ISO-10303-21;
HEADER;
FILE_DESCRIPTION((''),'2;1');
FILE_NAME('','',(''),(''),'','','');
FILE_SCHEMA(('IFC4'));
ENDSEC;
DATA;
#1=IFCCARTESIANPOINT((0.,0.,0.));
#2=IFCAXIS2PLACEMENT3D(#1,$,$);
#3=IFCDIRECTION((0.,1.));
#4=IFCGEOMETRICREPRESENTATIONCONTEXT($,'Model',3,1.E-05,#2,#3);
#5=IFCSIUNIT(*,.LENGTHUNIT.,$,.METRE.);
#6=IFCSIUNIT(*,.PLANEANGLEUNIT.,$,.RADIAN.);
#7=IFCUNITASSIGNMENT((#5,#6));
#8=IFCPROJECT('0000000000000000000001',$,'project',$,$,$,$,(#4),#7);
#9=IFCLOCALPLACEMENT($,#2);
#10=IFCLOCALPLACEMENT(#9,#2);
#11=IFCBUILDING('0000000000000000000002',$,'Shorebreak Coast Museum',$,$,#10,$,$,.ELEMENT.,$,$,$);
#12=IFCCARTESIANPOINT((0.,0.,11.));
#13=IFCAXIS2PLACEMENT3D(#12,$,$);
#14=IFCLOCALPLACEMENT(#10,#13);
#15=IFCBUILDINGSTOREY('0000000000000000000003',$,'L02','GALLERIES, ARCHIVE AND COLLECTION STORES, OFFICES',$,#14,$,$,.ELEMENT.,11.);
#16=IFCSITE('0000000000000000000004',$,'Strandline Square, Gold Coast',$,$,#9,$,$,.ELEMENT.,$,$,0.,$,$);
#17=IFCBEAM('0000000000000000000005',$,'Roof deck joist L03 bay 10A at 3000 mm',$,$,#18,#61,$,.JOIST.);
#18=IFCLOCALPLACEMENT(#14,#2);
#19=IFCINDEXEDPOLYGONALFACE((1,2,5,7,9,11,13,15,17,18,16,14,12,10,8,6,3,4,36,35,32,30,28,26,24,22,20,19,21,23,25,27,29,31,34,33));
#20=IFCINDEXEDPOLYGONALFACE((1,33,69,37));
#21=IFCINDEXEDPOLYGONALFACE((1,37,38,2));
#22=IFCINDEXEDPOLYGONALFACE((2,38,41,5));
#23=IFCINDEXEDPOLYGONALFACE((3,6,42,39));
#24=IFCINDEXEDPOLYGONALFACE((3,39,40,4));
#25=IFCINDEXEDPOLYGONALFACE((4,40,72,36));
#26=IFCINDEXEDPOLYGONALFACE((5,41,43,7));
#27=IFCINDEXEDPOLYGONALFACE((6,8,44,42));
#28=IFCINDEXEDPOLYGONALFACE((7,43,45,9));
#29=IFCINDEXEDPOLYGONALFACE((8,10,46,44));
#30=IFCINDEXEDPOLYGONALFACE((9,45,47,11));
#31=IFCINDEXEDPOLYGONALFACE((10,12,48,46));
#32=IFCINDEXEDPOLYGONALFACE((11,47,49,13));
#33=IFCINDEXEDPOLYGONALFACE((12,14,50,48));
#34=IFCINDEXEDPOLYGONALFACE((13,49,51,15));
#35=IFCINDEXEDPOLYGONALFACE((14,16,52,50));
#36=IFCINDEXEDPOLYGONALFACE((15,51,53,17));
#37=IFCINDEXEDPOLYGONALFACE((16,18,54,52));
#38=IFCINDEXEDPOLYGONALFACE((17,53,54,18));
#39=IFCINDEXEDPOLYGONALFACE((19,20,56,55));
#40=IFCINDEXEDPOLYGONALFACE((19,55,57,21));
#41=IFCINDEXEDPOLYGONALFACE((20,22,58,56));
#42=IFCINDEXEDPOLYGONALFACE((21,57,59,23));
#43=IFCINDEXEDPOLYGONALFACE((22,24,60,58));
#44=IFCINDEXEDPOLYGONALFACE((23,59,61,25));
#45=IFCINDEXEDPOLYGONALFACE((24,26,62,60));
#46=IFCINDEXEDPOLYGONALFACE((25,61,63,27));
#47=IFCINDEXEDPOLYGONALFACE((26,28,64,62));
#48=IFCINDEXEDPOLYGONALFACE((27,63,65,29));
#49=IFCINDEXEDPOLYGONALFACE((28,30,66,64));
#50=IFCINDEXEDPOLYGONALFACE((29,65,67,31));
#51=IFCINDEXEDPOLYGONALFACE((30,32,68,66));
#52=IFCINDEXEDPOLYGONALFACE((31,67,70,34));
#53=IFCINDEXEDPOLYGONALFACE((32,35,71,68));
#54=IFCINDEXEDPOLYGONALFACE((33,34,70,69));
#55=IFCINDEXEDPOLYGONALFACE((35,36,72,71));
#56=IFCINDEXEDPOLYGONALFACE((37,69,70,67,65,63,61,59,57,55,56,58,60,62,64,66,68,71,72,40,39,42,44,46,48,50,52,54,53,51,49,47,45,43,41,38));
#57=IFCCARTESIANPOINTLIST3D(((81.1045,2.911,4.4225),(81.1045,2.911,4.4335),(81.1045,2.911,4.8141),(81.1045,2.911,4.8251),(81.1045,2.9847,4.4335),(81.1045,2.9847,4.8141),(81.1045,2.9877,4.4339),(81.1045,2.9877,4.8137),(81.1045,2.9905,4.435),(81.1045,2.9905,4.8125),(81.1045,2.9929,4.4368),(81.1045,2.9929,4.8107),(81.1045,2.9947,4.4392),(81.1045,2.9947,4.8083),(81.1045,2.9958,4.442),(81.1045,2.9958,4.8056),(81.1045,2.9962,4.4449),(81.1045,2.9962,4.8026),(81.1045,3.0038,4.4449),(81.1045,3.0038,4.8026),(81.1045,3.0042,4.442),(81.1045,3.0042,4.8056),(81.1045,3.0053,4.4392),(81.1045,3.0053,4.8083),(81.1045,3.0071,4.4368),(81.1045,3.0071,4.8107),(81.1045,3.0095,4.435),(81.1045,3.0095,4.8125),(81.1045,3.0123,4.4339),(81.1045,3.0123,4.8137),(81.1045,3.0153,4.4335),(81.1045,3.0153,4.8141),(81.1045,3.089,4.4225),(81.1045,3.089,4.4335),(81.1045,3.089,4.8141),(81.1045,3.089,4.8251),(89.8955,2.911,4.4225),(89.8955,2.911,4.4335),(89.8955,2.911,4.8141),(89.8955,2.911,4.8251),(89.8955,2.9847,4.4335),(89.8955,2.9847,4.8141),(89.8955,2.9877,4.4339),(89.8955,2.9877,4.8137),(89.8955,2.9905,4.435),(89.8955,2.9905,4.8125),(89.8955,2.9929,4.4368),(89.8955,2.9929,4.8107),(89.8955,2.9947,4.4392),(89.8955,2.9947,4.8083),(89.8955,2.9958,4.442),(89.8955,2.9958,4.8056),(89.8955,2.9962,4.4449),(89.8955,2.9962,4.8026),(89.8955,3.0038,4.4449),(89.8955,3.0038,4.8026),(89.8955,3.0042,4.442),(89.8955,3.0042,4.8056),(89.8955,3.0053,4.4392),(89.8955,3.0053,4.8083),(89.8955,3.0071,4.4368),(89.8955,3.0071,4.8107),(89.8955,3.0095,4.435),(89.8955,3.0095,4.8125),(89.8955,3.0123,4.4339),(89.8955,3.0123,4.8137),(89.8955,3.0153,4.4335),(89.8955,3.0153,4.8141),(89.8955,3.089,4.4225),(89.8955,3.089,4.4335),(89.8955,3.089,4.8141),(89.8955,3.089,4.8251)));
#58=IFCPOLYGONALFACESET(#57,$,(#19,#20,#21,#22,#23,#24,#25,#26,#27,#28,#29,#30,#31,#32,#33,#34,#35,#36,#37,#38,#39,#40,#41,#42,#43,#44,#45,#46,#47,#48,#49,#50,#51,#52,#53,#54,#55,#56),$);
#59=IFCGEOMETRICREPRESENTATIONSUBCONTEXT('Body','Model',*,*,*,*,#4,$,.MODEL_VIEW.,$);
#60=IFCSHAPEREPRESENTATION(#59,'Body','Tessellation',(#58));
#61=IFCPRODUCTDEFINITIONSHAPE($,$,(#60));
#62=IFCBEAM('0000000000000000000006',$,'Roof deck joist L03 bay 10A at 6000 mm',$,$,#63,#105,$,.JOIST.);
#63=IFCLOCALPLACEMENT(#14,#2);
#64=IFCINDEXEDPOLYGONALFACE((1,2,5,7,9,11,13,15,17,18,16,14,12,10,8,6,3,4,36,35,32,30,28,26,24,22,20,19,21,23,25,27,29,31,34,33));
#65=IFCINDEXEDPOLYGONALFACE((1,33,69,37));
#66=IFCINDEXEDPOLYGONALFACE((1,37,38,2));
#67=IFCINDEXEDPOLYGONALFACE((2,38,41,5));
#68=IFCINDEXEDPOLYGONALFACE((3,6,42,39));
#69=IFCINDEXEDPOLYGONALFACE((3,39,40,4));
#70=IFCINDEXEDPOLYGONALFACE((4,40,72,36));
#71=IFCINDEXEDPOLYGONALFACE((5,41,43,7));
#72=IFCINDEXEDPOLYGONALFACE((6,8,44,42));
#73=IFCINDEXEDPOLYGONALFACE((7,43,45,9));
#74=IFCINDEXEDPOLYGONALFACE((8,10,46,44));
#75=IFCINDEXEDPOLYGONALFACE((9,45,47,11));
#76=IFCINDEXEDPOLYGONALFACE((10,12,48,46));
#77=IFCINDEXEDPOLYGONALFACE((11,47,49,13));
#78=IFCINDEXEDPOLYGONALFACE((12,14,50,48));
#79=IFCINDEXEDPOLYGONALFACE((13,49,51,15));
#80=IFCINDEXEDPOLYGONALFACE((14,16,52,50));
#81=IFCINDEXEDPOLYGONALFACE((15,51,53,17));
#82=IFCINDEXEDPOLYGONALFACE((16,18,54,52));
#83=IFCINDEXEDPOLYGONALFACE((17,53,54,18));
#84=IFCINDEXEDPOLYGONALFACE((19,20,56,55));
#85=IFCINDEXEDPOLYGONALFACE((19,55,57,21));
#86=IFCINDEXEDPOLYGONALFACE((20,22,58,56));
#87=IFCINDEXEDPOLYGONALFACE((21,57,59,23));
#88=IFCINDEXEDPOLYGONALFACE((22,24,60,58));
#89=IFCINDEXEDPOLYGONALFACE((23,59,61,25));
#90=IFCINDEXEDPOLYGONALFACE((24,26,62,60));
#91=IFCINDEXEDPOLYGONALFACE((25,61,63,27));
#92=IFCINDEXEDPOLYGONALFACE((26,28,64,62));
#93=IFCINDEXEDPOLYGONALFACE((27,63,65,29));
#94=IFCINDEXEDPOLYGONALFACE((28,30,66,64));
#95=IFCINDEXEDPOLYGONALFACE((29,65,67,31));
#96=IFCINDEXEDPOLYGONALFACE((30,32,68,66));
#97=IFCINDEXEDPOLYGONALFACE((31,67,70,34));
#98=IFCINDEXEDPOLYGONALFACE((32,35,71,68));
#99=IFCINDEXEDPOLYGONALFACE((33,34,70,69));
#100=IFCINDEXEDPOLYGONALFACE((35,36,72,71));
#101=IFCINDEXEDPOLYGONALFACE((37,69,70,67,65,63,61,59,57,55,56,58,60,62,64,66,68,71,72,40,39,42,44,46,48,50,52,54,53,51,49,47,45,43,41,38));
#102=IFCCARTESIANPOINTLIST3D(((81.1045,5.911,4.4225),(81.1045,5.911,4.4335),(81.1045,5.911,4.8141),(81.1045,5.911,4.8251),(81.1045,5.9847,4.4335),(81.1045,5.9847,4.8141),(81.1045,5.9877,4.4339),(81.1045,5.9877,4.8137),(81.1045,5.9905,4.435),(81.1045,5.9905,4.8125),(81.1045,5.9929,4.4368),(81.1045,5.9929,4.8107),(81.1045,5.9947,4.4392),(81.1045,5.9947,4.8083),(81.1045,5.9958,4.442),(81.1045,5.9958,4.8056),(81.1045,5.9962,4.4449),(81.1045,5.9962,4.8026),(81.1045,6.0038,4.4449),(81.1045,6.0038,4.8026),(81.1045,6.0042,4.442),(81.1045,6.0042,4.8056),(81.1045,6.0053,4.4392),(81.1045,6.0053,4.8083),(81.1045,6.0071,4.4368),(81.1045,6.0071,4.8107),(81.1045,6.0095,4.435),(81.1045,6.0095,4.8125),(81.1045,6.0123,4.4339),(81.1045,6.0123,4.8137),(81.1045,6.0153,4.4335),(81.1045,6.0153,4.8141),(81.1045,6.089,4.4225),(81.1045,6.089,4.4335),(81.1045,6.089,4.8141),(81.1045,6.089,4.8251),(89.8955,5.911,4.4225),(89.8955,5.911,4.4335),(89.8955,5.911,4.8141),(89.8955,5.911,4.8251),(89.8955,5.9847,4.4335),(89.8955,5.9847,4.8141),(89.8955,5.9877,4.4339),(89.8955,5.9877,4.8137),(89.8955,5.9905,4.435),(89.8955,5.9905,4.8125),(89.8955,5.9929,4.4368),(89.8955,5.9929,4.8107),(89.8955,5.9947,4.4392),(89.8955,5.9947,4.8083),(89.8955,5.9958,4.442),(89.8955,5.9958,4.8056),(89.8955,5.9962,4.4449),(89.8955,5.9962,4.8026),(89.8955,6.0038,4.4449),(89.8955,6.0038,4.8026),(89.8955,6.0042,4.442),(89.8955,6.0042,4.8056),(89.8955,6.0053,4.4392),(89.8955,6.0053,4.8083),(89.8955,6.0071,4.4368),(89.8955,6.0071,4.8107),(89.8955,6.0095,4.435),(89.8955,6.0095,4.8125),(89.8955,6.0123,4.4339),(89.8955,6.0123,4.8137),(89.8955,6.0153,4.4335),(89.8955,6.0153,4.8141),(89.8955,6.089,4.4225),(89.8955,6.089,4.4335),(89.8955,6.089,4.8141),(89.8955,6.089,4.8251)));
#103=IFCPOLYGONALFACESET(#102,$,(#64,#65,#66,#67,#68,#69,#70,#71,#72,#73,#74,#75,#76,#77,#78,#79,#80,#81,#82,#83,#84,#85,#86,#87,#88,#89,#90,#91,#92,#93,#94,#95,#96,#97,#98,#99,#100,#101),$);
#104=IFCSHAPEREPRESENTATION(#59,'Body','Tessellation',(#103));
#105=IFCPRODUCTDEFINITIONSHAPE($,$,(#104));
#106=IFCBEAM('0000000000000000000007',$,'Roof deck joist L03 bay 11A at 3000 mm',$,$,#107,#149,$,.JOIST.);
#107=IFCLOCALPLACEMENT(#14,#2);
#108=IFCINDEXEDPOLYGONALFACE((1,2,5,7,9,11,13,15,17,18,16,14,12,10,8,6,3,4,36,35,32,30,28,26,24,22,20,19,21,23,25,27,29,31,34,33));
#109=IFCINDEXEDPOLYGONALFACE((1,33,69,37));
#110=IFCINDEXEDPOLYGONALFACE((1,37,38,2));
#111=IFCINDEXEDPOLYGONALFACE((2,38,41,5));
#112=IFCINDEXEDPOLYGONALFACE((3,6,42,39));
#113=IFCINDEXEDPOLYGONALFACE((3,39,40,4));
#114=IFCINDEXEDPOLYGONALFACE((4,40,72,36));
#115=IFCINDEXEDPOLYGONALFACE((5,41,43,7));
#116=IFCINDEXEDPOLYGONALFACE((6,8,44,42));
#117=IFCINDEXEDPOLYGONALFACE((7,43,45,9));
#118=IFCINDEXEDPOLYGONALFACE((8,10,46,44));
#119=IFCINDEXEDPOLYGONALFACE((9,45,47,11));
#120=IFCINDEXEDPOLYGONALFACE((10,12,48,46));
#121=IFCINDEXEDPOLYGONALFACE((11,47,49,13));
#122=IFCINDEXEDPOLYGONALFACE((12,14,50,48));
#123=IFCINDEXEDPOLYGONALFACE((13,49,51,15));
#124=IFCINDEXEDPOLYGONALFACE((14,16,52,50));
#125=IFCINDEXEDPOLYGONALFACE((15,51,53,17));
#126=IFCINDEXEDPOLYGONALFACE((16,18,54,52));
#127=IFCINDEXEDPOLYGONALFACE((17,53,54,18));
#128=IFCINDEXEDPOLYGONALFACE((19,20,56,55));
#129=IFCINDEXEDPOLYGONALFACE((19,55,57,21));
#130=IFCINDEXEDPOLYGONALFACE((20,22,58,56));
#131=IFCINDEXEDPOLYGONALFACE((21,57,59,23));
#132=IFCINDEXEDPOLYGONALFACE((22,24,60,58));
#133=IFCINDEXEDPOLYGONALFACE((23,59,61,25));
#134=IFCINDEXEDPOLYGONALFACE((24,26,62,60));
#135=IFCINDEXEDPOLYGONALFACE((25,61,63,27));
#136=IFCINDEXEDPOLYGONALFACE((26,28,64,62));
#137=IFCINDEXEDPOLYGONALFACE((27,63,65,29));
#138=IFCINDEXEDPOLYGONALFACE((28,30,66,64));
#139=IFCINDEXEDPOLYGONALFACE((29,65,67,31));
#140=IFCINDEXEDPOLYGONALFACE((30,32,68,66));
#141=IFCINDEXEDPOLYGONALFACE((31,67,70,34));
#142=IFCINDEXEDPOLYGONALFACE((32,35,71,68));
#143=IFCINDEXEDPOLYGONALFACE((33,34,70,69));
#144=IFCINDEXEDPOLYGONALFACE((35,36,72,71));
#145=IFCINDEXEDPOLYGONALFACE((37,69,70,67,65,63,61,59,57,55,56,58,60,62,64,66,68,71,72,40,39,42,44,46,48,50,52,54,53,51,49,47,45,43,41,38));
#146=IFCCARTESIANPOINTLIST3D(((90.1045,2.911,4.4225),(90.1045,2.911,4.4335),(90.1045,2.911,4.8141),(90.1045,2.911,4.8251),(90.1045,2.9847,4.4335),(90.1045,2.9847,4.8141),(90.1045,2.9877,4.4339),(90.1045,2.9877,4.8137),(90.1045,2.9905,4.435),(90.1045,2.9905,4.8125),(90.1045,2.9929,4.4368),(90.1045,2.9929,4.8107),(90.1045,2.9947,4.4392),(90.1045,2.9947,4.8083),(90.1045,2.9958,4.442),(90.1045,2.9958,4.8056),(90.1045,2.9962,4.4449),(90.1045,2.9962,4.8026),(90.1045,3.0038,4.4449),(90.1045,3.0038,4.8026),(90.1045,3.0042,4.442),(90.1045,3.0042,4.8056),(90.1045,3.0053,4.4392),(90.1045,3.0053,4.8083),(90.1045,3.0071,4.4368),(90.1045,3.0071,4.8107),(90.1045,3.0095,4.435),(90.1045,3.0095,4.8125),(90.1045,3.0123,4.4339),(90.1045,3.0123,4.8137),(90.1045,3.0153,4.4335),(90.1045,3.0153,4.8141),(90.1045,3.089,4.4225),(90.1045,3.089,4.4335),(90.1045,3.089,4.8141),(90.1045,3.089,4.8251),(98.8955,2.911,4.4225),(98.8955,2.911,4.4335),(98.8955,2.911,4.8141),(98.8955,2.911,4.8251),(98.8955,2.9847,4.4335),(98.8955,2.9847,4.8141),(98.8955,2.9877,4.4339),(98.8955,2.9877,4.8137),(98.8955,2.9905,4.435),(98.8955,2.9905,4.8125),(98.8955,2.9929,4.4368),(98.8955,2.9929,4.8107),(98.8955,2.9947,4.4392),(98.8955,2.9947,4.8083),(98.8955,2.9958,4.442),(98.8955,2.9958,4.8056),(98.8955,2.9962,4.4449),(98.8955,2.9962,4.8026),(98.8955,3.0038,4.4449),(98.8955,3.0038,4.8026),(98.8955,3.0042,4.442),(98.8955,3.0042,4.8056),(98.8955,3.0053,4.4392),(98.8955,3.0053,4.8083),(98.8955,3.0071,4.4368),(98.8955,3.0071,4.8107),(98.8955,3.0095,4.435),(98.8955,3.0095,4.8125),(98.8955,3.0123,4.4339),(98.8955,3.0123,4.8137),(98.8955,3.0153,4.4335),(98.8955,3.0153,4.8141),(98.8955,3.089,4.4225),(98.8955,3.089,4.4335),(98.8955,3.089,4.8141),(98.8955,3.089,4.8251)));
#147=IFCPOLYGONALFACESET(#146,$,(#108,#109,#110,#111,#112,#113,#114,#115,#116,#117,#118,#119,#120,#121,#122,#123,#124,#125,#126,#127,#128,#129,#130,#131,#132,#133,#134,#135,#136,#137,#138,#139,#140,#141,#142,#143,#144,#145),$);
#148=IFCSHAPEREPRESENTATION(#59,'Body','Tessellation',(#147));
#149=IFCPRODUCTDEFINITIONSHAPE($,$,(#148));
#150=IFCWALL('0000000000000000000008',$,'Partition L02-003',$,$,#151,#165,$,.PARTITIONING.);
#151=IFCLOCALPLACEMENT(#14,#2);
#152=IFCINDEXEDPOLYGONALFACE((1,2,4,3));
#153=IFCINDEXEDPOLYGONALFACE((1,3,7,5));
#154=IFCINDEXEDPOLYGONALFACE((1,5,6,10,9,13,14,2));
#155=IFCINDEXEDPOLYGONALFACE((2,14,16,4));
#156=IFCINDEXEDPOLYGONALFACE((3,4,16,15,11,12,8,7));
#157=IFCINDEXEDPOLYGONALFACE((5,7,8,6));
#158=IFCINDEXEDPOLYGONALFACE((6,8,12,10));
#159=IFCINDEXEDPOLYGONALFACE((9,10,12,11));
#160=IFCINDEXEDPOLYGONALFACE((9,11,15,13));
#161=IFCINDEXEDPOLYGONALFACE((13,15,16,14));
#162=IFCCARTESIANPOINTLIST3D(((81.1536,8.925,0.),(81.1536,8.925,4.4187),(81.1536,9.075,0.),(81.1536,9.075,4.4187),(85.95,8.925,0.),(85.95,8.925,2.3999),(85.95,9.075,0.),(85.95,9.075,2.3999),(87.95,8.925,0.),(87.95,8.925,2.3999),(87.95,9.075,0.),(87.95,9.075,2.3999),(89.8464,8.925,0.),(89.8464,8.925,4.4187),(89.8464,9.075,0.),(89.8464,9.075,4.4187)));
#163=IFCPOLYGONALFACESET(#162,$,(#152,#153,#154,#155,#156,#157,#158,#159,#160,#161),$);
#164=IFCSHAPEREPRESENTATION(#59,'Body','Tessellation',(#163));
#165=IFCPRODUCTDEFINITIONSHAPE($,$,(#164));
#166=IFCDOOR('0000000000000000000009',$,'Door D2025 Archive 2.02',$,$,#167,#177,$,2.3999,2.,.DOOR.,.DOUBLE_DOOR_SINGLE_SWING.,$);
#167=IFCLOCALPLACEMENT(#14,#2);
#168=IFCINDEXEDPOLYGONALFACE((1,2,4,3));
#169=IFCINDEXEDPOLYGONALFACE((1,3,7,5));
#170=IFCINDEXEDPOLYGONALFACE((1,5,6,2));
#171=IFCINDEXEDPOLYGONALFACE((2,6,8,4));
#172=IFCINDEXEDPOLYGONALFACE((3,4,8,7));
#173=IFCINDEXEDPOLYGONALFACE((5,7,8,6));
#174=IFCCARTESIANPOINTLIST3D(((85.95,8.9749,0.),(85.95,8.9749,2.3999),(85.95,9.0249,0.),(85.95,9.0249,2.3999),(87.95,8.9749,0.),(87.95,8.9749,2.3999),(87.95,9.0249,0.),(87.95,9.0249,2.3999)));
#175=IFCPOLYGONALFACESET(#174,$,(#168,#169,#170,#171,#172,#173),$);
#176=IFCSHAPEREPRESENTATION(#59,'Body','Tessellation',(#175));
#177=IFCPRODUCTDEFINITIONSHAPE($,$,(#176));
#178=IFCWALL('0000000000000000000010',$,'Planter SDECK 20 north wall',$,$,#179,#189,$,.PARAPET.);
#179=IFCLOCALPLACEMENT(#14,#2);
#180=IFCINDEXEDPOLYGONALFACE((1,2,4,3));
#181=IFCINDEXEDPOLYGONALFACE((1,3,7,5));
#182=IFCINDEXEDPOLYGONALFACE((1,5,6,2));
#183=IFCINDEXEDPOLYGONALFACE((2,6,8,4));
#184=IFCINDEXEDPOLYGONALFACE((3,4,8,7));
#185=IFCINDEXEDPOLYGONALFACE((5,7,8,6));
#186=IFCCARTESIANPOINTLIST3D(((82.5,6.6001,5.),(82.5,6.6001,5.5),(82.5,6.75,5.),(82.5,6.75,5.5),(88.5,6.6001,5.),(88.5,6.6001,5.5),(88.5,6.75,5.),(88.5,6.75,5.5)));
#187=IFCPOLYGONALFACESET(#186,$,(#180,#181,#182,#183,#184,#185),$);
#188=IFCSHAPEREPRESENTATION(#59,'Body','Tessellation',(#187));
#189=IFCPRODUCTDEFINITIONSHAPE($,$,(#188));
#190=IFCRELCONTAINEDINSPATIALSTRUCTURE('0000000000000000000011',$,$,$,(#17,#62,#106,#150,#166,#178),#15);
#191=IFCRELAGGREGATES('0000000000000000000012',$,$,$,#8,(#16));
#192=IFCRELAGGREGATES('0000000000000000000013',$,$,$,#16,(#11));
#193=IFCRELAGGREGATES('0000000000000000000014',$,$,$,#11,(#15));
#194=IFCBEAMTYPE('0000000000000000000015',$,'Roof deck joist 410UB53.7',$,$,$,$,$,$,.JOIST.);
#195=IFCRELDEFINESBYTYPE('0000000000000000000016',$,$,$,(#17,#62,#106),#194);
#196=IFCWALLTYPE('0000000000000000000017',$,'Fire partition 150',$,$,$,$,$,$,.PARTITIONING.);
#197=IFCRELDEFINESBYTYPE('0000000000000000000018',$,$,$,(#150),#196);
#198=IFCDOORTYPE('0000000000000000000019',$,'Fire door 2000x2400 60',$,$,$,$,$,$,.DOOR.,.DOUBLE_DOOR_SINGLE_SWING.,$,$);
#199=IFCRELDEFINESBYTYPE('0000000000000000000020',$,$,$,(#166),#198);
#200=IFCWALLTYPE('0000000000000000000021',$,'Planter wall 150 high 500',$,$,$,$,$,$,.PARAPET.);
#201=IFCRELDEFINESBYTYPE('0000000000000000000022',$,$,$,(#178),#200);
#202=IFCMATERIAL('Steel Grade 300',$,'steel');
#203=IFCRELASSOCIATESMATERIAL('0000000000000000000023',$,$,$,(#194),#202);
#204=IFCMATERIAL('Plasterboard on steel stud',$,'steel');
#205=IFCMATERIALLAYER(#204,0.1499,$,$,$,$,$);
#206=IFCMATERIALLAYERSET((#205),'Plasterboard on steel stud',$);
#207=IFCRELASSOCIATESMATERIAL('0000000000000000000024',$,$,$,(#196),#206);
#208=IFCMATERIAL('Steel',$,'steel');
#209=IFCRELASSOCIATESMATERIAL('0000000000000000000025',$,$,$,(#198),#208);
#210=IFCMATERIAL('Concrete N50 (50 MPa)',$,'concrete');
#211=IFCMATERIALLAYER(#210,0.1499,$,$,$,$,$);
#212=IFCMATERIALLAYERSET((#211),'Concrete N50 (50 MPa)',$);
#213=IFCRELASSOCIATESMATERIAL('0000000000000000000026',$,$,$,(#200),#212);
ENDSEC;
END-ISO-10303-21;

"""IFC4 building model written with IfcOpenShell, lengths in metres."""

from ifc_helpers import new_model, si_unit, direction, frame, frame_2d, origin, origin_2d, place, context, subcontext, project, spatial, rectangle, i_section, extrude, material, layer, layer_set, material_profile, profile_set, type_object, element, fill, save


model = new_model("IFC4")

# Units and contexts
model_context = context("Model", 3, precision=1e-05, world=origin(), true_north=direction((0.0, 1.0)))
body_context = subcontext(model_context, "Body", "Model", "MODEL_VIEW")
ifc_project = project(units=[si_unit("LENGTHUNIT", "METRE"), si_unit("PLANEANGLEUNIT", "RADIAN")], contexts=[model_context])

# Site, building, storey
site_placement = place(None, origin())
site = spatial("IfcSite", under=ifc_project, at=site_placement, Name="Strandline Square, Gold Coast", CompositionType="ELEMENT", RefElevation=0.0)
building_placement = place(site_placement, origin())
building = spatial("IfcBuilding", under=site, at=building_placement, Name="Shorebreak Coast Museum", CompositionType="ELEMENT")
storey_placement = place(building_placement, frame((0.0, 0.0, 11.0)))
storey = spatial("IfcBuildingStorey", under=building, at=storey_placement, Name="L02", Description="GALLERIES, ARCHIVE AND COLLECTION STORES, OFFICES", CompositionType="ELEMENT", Elevation=11.0)

# Beams
ifc_material_1 = material(Name="Steel Grade 300", Category="steel")
ifc_material_profile_1 = material_profile(ifc_material_1, i_section(OverallWidth=0.178, OverallDepth=0.4026, WebThickness=0.0076, FlangeThickness=0.011, FilletRadius=0.0115, at=origin_2d()), Name="410UB53.7")
ifc_profile_set_1 = profile_set([ifc_material_profile_1], Name="Steel Grade 300")
beam_type_1 = type_object("IfcBeamType", Name="Roof deck joist 410UB53.7", PredefinedType="JOIST", material=ifc_profile_set_1)
for number, where, z_axis, x_axis, name in (
    (1, (81.1045, 3.0, 4.6238), (1.0, 0.0, 0.0), (0.0, 1.0, 0.0), "Roof deck joist L03 bay 10A at 3000 mm"),
    (2, (81.1045, 6.0, 4.6238), (1.0, 0.0, 0.0), (0.0, 1.0, 0.0), "Roof deck joist L03 bay 10A at 6000 mm"),
    (3, (90.1045, 3.0, 4.6238), (1.0, 0.0, 0.0), (0.0, 1.0, 0.0), "Roof deck joist L03 bay 11A at 3000 mm"),
):
    element("IfcBeam", number, at=place(storey_placement, frame(where, z_axis=z_axis, x_axis=x_axis)), inside=storey, type_object=beam_type_1, Name=name, PredefinedType="JOIST", context=body_context, shape_type="SweptSolid", body=[
        extrude(i_section(OverallWidth=0.178, OverallDepth=0.4026, WebThickness=0.0076, FlangeThickness=0.011, FilletRadius=0.0115, at=origin_2d()), origin(), (0.0, 0.0, 1.0), 8.791),
    ])

# Wall, opening, door
ifc_material_2 = material(Name="Plasterboard on steel stud", Category="steel")
ifc_layer_1 = layer(ifc_material_2, 0.1499)
ifc_layer_set_1 = layer_set([ifc_layer_1], Name="Plasterboard on steel stud")
wall_type_1 = type_object("IfcWallType", Name="Fire partition 150", PredefinedType="PARTITIONING", material=ifc_layer_set_1)
wall_1_placement = place(storey_placement, frame((81.1536, 9.0, 0.0), z_axis=(0.0, 0.0, 1.0), x_axis=(1.0, 0.0, 0.0)))
wall_1 = element("IfcWall", 4, at=wall_1_placement, inside=storey, type_object=wall_type_1, Name="Partition L02-003", PredefinedType="PARTITIONING", context=body_context, shape_type="SweptSolid", body=[
    extrude(rectangle(XDim=8.6929, YDim=0.1499, at=frame_2d((4.3464, 0.0))), origin(), (0.0, 0.0, 1.0), 4.4187),
])
opening_placement = place(wall_1_placement, frame((4.7964, 0.0, 0.0)))
opening = element("IfcOpeningElement", 5, at=opening_placement, cuts=wall_1, PredefinedType="OPENING", context=body_context, shape_type="SweptSolid", body=[
    extrude(rectangle(XDim=2.0, YDim=2.3999, at=frame_2d((1.0, 1.2))), frame((0.0, 0.085, 0.0), z_axis=(0.0, -1.0, 0.0), x_axis=(1.0, 0.0, 0.0)), (0.0, 0.0, 1.0), 0.1699),
])
ifc_material_3 = material(Name="Steel", Category="steel")
door_type = type_object("IfcDoorType", Name="Fire door 2000x2400 60", OperationType="DOUBLE_DOOR_SINGLE_SWING", PredefinedType="DOOR", material=ifc_material_3)
door_placement = place(opening_placement, origin())
door = element("IfcDoor", 6, at=door_placement, inside=storey, type_object=door_type, Name="Door D2025 Archive 2.02", OperationType="DOUBLE_DOOR_SINGLE_SWING", OverallHeight=2.3999, OverallWidth=2.0, PredefinedType="DOOR", context=body_context, shape_type="SweptSolid", body=[
    extrude(rectangle(XDim=2.0, YDim=2.3999, at=frame_2d((1.0, 1.2))), frame((0.0, 0.0249, 0.0), z_axis=(0.0, -1.0, 0.0), x_axis=(1.0, 0.0, 0.0)), (0.0, 0.0, 1.0), 0.05),
])
fill(opening, door)

# Wall
ifc_material_4 = material(Name="Concrete N50 (50 MPa)", Category="concrete")
ifc_layer_2 = layer(ifc_material_4, 0.1499)
ifc_layer_set_2 = layer_set([ifc_layer_2], Name="Concrete N50 (50 MPa)")
wall_type_2 = type_object("IfcWallType", Name="Planter wall 150 high 500", PredefinedType="PARAPET", material=ifc_layer_set_2)
wall_2_placement = place(storey_placement, frame((82.5, 6.675, 5.0), z_axis=(0.0, 0.0, 1.0), x_axis=(1.0, 0.0, 0.0)))
element("IfcWall", 7, at=wall_2_placement, inside=storey, type_object=wall_type_2, Name="Planter SDECK 20 north wall", PredefinedType="PARAPET", context=body_context, shape_type="SweptSolid", body=[
    extrude(rectangle(XDim=6.0, YDim=0.1499, at=frame_2d((3.0, 0.0))), origin(), (0.0, 0.0, 1.0), 0.5),
])

save(model, "model.ifc")
